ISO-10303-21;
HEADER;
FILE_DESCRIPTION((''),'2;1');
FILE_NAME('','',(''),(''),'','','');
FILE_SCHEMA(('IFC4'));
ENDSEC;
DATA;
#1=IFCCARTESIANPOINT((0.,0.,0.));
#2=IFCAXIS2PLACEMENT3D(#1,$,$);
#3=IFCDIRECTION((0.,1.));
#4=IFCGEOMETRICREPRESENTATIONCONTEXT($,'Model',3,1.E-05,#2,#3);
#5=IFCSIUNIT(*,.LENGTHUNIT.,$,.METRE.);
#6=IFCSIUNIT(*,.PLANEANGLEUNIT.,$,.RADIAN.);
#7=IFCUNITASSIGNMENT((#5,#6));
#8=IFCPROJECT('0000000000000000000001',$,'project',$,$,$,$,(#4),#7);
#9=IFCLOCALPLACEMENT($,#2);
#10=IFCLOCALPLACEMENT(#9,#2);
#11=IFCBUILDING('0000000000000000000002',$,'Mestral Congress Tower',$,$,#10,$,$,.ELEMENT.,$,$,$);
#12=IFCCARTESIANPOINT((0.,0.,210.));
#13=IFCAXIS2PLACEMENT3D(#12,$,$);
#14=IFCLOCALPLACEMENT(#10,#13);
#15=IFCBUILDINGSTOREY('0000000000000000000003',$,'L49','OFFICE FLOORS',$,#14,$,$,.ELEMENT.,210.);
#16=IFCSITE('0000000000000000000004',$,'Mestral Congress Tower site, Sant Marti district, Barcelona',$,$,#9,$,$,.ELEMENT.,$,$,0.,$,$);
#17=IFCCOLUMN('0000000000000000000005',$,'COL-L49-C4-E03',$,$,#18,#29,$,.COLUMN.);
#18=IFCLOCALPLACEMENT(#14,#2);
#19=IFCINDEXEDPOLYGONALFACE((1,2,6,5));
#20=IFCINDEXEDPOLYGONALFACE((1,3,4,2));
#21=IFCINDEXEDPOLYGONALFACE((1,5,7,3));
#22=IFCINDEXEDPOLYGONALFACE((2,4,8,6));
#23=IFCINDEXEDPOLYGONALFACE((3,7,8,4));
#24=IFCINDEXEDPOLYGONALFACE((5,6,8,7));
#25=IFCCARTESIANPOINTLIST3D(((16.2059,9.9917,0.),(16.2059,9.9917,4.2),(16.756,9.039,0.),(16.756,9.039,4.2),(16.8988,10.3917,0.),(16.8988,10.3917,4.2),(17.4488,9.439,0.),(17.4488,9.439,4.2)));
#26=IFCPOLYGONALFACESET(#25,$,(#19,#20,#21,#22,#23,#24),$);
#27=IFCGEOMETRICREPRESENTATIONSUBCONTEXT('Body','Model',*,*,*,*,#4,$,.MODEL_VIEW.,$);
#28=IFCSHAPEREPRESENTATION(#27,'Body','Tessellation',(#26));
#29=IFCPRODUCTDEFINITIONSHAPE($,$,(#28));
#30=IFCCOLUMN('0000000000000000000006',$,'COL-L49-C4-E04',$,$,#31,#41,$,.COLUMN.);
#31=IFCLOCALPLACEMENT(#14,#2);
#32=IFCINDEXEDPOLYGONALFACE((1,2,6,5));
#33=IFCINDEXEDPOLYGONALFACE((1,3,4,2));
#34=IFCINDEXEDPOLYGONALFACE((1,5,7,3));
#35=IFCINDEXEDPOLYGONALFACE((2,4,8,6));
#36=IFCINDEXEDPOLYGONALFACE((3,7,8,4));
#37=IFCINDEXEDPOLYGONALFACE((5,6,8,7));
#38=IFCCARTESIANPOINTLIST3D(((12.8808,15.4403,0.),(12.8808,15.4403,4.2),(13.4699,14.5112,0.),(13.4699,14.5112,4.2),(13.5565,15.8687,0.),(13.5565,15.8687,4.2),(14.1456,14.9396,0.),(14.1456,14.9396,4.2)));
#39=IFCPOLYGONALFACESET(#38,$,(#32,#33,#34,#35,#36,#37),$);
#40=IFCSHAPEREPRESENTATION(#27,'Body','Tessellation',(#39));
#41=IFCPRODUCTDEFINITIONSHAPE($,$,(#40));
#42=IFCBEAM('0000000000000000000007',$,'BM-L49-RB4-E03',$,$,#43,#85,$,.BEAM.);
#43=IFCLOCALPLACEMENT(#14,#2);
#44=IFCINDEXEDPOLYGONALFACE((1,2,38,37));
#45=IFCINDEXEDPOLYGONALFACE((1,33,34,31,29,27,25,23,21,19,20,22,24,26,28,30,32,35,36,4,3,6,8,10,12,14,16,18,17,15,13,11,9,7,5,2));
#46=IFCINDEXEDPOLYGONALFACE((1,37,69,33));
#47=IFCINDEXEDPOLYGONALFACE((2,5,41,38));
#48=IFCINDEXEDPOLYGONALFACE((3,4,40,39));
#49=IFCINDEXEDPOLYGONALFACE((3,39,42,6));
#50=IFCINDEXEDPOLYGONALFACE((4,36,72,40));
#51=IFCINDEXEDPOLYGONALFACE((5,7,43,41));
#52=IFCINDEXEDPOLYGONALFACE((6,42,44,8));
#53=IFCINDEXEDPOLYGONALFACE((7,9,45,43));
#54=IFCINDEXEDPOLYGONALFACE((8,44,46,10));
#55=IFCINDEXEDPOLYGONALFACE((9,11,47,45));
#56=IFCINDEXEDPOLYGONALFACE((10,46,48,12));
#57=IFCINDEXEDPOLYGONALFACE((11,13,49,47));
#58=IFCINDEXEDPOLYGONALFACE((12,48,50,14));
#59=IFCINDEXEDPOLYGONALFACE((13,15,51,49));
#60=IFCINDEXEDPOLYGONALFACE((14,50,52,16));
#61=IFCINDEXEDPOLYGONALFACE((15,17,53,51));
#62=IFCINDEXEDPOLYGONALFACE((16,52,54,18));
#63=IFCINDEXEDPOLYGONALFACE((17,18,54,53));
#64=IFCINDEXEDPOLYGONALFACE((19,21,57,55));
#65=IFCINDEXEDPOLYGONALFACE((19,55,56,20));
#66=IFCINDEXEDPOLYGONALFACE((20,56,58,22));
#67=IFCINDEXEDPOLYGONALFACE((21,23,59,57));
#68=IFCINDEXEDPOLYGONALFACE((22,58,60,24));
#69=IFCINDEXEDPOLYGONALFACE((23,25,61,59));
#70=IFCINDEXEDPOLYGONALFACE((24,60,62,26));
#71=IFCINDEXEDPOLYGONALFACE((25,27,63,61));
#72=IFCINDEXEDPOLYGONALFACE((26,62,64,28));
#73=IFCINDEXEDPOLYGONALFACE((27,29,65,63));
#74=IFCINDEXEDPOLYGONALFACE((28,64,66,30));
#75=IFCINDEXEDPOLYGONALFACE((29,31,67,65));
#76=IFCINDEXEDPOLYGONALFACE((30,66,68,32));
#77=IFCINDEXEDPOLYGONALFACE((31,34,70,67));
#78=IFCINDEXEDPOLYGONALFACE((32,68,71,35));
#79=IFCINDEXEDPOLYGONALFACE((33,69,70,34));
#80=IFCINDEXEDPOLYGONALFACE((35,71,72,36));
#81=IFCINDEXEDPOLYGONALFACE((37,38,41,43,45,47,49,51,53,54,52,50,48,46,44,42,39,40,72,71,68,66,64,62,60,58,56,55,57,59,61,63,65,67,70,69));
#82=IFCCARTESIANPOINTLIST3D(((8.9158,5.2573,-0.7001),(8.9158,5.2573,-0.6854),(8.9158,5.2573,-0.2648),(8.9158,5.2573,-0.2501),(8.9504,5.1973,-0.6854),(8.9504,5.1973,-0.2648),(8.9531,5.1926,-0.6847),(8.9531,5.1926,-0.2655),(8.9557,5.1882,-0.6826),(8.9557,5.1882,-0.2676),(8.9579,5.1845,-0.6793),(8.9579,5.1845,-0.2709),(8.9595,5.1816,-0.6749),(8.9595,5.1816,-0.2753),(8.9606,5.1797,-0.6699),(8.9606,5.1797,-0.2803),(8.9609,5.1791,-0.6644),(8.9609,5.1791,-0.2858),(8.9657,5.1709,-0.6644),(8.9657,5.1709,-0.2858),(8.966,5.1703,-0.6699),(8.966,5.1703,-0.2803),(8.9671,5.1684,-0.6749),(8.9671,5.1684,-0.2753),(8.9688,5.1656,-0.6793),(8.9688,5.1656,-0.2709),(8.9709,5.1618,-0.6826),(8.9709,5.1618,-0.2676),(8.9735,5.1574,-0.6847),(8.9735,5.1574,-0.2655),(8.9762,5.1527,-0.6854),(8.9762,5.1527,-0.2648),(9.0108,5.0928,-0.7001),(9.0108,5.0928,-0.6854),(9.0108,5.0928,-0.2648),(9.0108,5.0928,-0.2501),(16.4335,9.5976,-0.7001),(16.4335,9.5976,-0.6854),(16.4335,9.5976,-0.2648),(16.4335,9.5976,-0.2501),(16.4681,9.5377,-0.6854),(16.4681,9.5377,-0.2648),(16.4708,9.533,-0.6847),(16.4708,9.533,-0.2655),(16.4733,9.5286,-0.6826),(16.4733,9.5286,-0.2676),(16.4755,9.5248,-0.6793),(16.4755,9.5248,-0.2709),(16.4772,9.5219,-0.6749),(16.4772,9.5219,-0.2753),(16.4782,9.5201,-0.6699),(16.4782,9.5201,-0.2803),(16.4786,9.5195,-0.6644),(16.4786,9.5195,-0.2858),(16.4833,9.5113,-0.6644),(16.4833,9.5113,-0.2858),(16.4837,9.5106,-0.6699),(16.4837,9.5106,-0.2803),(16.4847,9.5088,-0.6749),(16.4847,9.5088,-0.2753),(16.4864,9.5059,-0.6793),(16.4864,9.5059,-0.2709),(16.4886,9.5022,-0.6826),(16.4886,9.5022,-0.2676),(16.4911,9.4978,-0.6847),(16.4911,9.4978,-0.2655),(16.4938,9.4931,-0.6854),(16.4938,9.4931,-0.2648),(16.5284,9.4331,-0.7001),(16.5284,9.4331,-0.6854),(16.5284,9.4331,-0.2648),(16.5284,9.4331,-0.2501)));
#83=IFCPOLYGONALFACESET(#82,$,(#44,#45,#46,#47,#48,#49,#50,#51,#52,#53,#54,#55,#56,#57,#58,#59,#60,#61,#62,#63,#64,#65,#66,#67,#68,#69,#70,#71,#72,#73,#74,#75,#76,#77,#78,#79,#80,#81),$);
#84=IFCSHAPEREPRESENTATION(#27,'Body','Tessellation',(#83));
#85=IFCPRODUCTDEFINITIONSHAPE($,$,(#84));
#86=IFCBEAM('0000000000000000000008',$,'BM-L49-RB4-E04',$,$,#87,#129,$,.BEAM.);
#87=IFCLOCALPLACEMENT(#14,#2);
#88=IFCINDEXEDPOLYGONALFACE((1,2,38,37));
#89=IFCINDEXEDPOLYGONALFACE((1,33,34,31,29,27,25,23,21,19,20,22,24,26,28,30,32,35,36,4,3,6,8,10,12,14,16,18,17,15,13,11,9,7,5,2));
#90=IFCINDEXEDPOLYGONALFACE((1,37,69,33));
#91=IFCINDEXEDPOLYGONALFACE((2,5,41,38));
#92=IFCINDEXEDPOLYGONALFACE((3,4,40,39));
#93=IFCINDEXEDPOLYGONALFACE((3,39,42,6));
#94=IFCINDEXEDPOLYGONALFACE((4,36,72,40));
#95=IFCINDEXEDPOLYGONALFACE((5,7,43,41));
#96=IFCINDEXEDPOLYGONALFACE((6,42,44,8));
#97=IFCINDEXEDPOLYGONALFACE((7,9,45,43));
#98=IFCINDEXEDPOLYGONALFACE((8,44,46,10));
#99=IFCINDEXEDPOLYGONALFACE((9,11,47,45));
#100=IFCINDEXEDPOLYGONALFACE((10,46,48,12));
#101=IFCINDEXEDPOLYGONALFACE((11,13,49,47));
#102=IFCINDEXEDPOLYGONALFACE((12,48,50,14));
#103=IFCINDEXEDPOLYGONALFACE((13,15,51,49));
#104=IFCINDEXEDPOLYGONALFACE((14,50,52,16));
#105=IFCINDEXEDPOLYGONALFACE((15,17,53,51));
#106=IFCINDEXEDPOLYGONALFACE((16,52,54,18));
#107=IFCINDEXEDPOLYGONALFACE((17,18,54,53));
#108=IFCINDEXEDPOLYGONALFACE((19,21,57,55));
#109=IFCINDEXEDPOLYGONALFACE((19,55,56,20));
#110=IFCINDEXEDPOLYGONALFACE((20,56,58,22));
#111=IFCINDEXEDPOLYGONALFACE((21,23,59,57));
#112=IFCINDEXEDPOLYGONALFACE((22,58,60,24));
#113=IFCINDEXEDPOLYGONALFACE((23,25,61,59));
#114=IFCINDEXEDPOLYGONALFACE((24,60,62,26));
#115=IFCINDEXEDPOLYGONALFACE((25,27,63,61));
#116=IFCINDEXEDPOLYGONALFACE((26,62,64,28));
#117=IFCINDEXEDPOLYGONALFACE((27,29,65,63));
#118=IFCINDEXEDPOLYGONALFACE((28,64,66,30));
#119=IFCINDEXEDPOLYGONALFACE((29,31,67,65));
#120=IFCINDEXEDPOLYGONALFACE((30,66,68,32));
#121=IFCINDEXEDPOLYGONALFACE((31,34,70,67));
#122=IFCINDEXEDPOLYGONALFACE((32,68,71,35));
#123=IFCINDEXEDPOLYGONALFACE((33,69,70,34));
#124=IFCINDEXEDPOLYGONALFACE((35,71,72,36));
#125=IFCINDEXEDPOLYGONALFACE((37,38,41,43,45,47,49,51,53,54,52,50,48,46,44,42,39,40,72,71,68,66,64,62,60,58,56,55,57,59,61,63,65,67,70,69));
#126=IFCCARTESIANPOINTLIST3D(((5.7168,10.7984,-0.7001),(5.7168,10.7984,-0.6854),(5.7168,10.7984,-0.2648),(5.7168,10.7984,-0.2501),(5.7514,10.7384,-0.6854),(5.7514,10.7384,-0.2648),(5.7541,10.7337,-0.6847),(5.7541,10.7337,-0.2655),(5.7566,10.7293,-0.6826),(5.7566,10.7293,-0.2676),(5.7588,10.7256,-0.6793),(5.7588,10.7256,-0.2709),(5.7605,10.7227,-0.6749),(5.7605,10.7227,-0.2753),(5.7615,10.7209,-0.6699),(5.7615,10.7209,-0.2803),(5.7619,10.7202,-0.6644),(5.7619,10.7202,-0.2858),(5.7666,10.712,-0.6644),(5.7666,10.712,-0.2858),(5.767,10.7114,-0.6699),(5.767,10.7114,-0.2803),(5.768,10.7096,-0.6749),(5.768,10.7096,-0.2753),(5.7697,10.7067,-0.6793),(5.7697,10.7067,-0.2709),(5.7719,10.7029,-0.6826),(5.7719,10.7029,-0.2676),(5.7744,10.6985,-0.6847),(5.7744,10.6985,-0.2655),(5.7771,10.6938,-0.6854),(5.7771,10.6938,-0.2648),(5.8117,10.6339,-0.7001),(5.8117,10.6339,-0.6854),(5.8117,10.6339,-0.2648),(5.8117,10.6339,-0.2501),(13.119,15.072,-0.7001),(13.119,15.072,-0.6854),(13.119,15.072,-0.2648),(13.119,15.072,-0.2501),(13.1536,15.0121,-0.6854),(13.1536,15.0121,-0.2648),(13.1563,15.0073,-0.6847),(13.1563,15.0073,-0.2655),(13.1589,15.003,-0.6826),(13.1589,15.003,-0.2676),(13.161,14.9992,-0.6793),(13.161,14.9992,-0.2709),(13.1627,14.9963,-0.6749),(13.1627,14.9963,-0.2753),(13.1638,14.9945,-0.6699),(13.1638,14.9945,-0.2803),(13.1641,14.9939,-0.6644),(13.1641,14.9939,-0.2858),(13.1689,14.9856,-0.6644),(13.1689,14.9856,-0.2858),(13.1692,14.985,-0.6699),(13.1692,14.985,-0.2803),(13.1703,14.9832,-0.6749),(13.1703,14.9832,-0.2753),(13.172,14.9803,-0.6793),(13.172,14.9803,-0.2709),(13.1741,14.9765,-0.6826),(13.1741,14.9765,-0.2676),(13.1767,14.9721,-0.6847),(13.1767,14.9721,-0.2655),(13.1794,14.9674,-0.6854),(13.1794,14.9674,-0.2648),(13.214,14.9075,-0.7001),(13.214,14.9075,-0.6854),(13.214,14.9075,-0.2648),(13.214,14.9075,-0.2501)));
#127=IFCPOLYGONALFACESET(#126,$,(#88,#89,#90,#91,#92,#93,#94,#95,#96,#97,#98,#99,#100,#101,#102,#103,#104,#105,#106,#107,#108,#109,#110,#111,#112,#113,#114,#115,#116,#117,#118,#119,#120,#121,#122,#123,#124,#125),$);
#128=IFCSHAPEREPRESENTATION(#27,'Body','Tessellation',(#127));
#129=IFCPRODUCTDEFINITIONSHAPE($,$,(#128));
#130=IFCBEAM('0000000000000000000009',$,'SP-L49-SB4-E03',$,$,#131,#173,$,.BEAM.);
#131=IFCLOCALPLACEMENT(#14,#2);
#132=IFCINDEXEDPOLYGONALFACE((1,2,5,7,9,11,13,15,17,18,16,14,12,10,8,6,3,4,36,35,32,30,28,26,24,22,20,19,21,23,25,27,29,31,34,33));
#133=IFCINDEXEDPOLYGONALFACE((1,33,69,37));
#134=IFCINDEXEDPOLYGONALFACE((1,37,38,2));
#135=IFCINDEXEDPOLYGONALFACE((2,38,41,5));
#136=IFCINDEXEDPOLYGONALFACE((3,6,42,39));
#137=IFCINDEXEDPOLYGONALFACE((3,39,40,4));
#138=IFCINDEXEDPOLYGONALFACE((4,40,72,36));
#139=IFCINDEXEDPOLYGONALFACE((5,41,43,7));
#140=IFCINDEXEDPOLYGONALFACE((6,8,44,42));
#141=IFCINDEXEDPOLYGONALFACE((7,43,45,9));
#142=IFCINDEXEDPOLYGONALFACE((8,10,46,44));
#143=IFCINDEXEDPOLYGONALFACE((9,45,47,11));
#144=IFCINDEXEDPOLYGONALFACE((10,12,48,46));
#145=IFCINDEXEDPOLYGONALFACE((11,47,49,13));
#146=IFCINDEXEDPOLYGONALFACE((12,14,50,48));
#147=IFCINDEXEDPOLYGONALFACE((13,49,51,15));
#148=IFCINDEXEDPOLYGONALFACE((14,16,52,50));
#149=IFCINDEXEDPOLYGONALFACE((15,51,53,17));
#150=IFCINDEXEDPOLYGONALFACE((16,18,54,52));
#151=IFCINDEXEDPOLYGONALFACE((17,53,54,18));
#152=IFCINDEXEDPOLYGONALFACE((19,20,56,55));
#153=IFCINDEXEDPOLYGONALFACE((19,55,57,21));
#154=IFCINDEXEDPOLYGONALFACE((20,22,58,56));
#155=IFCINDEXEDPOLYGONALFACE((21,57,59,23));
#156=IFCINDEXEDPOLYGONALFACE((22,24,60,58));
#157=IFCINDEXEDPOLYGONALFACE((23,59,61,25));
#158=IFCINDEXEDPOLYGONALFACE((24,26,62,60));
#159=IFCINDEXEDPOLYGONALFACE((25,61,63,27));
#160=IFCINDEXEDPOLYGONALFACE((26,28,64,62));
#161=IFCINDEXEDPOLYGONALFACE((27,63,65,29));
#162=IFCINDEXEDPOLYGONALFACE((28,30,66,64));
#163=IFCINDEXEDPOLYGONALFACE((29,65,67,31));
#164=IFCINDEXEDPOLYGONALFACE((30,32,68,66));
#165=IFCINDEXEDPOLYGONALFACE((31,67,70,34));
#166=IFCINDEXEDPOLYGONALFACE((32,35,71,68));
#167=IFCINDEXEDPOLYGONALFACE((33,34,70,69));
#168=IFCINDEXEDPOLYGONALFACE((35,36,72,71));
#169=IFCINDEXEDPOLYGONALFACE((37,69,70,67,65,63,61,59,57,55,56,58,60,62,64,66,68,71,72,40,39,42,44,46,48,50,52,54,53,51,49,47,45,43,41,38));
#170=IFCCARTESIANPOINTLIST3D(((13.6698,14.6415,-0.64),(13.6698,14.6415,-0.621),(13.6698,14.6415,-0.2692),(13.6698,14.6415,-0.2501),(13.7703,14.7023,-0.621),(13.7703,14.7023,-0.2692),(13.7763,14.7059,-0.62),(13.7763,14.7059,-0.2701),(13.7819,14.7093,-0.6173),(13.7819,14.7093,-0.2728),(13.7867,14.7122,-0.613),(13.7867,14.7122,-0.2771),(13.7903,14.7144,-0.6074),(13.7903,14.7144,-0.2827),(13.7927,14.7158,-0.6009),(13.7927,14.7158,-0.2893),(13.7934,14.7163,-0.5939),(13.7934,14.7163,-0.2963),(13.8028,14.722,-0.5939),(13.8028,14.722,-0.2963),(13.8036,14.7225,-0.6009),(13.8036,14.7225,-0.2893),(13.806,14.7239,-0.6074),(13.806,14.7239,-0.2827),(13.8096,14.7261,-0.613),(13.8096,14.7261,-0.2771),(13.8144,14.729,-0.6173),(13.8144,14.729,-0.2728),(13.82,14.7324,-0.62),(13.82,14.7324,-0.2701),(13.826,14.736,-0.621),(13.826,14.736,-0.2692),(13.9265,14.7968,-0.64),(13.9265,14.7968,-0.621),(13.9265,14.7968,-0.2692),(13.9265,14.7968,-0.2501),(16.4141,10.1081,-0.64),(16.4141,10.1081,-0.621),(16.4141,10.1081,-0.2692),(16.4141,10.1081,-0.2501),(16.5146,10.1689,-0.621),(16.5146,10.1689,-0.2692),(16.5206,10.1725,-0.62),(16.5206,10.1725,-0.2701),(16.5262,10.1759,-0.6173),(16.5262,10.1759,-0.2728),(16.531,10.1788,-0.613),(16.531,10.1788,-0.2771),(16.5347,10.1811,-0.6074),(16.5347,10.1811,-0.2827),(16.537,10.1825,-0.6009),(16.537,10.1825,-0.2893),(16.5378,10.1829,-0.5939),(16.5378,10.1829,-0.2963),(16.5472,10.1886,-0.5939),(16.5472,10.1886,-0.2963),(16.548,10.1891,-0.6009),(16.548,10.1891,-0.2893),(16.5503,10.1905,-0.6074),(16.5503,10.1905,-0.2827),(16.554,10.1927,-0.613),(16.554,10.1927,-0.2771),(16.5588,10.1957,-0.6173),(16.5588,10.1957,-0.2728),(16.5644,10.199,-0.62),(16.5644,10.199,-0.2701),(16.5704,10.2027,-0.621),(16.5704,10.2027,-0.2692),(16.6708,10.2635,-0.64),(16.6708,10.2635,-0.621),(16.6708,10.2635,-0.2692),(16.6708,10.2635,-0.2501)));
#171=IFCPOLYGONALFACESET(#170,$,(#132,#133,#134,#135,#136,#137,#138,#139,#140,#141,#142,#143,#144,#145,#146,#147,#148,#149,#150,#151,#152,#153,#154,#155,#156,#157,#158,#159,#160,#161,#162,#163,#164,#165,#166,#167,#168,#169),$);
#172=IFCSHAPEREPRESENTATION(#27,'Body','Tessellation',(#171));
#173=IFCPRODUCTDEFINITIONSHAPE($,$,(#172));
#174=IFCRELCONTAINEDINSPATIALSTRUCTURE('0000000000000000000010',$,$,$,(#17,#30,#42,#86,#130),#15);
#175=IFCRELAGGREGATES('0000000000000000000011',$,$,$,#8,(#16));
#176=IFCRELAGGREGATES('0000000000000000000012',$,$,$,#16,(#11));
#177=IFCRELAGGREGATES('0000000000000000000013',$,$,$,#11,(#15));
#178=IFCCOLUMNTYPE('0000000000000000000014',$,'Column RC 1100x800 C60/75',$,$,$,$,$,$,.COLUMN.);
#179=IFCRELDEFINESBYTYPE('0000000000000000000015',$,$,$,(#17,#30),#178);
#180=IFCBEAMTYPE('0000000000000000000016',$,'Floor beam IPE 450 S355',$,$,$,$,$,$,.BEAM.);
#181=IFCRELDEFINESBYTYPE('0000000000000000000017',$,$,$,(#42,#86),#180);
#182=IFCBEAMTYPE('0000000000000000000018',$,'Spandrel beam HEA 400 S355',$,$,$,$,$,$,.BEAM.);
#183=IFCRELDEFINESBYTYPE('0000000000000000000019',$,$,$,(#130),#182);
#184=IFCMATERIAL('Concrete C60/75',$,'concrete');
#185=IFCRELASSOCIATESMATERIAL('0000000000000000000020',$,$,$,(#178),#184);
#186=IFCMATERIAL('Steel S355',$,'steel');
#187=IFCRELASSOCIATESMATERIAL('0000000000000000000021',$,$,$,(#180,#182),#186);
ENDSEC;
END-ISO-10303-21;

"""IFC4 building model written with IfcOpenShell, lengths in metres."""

from ifc_helpers import new_model, si_unit, direction, frame, origin, origin_2d, place, context, subcontext, project, spatial, rectangle, i_section, extrude, material, material_profile, profile_set, type_object, element, save


model = new_model("IFC4")

# Units and contexts
model_context = context("Model", 3, precision=1e-05, world=origin(), true_north=direction((0.0, 1.0)))
body_context = subcontext(model_context, "Body", "Model", "MODEL_VIEW")
ifc_project = project(units=[si_unit("LENGTHUNIT", "METRE"), si_unit("PLANEANGLEUNIT", "RADIAN")], contexts=[model_context])

# Site, building, storey
site_placement = place(None, origin())
site = spatial("IfcSite", under=ifc_project, at=site_placement, Name="Mestral Congress Tower site, Sant Marti district, Barcelona", CompositionType="ELEMENT", RefElevation=0.0)
building_placement = place(site_placement, origin())
building = spatial("IfcBuilding", under=site, at=building_placement, Name="Mestral Congress Tower", CompositionType="ELEMENT")
storey_placement = place(building_placement, frame((0.0, 0.0, 210.0)))
storey = spatial("IfcBuildingStorey", under=building, at=storey_placement, Name="L49", Description="OFFICE FLOORS", CompositionType="ELEMENT", Elevation=210.0)

# Columns
ifc_material_1 = material(Name="Concrete C60/75", Category="concrete")
ifc_material_profile_1 = material_profile(ifc_material_1, rectangle(XDim=1.1001, YDim=0.8, at=origin_2d()), Name="RC 1100x800")
ifc_profile_set_1 = profile_set([ifc_material_profile_1], Name="Concrete C60/75")
column_type = type_object("IfcColumnType", Name="Column RC 1100x800 C60/75", PredefinedType="COLUMN", material=ifc_profile_set_1)
for number, where, z_axis, x_axis, name in (
    (1, (16.8274, 9.7153, 0.0), (0.0, 0.0, 1.0), (-0.5, 0.866025, 0.0), "COL-L49-C4-E03"),
    (2, (13.5132, 15.1899, 0.0), (0.0, 0.0, 1.0), (-0.535503, 0.844534, 0.0), "COL-L49-C4-E04"),
):
    element("IfcColumn", number, at=place(storey_placement, frame(where, z_axis=z_axis, x_axis=x_axis)), inside=storey, type_object=column_type, Name=name, PredefinedType="COLUMN", context=body_context, shape_type="SweptSolid", body=[
        extrude(rectangle(XDim=1.1001, YDim=0.8, at=origin_2d()), origin(), (0.0, 0.0, 1.0), 4.2),
    ])

# Beams
ifc_material_2 = material(Name="Steel S355", Category="steel")
ifc_material_profile_2 = material_profile(ifc_material_2, i_section(OverallWidth=0.1899, OverallDepth=0.45, WebThickness=0.0095, FlangeThickness=0.0146, FilletRadius=0.021, at=origin_2d()), Name="IPE 450")
ifc_profile_set_2 = profile_set([ifc_material_profile_2], Name="Steel S355")
beam_type_1 = type_object("IfcBeamType", Name="Floor beam IPE 450 S355", PredefinedType="BEAM", material=ifc_profile_set_2)
beam_1_placement = place(storey_placement, frame((16.481, 9.5154, -0.4751), z_axis=(-0.866023, -0.500005, 0.0), x_axis=(0.500005, -0.866023, 0.0)))
element("IfcBeam", 3, at=beam_1_placement, inside=storey, type_object=beam_type_1, Name="BM-L49-RB4-E03", PredefinedType="BEAM", context=body_context, shape_type="SweptSolid", body=[
    extrude(i_section(OverallWidth=0.1899, OverallDepth=0.45, WebThickness=0.0095, FlangeThickness=0.0146, FilletRadius=0.021, at=origin_2d()), origin(), (0.0, 0.0, 1.0), 8.6807),
])
beam_2_placement = place(storey_placement, frame((13.1665, 14.9897, -0.4751), z_axis=(-0.866029, -0.499994, 0.0), x_axis=(0.499994, -0.866029, 0.0)))
element("IfcBeam", 4, at=beam_2_placement, inside=storey, type_object=beam_type_1, Name="BM-L49-RB4-E04", PredefinedType="BEAM", context=body_context, shape_type="SweptSolid", body=[
    extrude(i_section(OverallWidth=0.1899, OverallDepth=0.45, WebThickness=0.0095, FlangeThickness=0.0146, FilletRadius=0.021, at=origin_2d()), origin(), (0.0, 0.0, 1.0), 8.5474),
])
ifc_material_profile_3 = material_profile(ifc_material_2, i_section(OverallWidth=0.3, OverallDepth=0.3899, WebThickness=0.011, FlangeThickness=0.019, FilletRadius=0.0271, at=origin_2d()), Name="HEA 400")
ifc_profile_set_3 = profile_set([ifc_material_profile_3], Name="Steel S355")
beam_type_2 = type_object("IfcBeamType", Name="Spandrel beam HEA 400 S355", PredefinedType="BEAM", material=ifc_profile_set_3)
for number, where, z_axis, x_axis, name in (
    (5, (16.5425, 10.1858, -0.4451), (-0.517866, 0.855462, 0.0), (-0.855462, -0.517866, 0.0), "SP-L49-SB4-E03"),
):
    element("IfcBeam", number, at=place(storey_placement, frame(where, z_axis=z_axis, x_axis=x_axis)), inside=storey, type_object=beam_type_2, Name=name, PredefinedType="BEAM", context=body_context, shape_type="SweptSolid", body=[
        extrude(i_section(OverallWidth=0.3, OverallDepth=0.3899, WebThickness=0.011, FlangeThickness=0.019, FilletRadius=0.0271, at=origin_2d()), origin(), (0.0, 0.0, 1.0), 5.2993),
    ])

save(model, "model.ifc")
